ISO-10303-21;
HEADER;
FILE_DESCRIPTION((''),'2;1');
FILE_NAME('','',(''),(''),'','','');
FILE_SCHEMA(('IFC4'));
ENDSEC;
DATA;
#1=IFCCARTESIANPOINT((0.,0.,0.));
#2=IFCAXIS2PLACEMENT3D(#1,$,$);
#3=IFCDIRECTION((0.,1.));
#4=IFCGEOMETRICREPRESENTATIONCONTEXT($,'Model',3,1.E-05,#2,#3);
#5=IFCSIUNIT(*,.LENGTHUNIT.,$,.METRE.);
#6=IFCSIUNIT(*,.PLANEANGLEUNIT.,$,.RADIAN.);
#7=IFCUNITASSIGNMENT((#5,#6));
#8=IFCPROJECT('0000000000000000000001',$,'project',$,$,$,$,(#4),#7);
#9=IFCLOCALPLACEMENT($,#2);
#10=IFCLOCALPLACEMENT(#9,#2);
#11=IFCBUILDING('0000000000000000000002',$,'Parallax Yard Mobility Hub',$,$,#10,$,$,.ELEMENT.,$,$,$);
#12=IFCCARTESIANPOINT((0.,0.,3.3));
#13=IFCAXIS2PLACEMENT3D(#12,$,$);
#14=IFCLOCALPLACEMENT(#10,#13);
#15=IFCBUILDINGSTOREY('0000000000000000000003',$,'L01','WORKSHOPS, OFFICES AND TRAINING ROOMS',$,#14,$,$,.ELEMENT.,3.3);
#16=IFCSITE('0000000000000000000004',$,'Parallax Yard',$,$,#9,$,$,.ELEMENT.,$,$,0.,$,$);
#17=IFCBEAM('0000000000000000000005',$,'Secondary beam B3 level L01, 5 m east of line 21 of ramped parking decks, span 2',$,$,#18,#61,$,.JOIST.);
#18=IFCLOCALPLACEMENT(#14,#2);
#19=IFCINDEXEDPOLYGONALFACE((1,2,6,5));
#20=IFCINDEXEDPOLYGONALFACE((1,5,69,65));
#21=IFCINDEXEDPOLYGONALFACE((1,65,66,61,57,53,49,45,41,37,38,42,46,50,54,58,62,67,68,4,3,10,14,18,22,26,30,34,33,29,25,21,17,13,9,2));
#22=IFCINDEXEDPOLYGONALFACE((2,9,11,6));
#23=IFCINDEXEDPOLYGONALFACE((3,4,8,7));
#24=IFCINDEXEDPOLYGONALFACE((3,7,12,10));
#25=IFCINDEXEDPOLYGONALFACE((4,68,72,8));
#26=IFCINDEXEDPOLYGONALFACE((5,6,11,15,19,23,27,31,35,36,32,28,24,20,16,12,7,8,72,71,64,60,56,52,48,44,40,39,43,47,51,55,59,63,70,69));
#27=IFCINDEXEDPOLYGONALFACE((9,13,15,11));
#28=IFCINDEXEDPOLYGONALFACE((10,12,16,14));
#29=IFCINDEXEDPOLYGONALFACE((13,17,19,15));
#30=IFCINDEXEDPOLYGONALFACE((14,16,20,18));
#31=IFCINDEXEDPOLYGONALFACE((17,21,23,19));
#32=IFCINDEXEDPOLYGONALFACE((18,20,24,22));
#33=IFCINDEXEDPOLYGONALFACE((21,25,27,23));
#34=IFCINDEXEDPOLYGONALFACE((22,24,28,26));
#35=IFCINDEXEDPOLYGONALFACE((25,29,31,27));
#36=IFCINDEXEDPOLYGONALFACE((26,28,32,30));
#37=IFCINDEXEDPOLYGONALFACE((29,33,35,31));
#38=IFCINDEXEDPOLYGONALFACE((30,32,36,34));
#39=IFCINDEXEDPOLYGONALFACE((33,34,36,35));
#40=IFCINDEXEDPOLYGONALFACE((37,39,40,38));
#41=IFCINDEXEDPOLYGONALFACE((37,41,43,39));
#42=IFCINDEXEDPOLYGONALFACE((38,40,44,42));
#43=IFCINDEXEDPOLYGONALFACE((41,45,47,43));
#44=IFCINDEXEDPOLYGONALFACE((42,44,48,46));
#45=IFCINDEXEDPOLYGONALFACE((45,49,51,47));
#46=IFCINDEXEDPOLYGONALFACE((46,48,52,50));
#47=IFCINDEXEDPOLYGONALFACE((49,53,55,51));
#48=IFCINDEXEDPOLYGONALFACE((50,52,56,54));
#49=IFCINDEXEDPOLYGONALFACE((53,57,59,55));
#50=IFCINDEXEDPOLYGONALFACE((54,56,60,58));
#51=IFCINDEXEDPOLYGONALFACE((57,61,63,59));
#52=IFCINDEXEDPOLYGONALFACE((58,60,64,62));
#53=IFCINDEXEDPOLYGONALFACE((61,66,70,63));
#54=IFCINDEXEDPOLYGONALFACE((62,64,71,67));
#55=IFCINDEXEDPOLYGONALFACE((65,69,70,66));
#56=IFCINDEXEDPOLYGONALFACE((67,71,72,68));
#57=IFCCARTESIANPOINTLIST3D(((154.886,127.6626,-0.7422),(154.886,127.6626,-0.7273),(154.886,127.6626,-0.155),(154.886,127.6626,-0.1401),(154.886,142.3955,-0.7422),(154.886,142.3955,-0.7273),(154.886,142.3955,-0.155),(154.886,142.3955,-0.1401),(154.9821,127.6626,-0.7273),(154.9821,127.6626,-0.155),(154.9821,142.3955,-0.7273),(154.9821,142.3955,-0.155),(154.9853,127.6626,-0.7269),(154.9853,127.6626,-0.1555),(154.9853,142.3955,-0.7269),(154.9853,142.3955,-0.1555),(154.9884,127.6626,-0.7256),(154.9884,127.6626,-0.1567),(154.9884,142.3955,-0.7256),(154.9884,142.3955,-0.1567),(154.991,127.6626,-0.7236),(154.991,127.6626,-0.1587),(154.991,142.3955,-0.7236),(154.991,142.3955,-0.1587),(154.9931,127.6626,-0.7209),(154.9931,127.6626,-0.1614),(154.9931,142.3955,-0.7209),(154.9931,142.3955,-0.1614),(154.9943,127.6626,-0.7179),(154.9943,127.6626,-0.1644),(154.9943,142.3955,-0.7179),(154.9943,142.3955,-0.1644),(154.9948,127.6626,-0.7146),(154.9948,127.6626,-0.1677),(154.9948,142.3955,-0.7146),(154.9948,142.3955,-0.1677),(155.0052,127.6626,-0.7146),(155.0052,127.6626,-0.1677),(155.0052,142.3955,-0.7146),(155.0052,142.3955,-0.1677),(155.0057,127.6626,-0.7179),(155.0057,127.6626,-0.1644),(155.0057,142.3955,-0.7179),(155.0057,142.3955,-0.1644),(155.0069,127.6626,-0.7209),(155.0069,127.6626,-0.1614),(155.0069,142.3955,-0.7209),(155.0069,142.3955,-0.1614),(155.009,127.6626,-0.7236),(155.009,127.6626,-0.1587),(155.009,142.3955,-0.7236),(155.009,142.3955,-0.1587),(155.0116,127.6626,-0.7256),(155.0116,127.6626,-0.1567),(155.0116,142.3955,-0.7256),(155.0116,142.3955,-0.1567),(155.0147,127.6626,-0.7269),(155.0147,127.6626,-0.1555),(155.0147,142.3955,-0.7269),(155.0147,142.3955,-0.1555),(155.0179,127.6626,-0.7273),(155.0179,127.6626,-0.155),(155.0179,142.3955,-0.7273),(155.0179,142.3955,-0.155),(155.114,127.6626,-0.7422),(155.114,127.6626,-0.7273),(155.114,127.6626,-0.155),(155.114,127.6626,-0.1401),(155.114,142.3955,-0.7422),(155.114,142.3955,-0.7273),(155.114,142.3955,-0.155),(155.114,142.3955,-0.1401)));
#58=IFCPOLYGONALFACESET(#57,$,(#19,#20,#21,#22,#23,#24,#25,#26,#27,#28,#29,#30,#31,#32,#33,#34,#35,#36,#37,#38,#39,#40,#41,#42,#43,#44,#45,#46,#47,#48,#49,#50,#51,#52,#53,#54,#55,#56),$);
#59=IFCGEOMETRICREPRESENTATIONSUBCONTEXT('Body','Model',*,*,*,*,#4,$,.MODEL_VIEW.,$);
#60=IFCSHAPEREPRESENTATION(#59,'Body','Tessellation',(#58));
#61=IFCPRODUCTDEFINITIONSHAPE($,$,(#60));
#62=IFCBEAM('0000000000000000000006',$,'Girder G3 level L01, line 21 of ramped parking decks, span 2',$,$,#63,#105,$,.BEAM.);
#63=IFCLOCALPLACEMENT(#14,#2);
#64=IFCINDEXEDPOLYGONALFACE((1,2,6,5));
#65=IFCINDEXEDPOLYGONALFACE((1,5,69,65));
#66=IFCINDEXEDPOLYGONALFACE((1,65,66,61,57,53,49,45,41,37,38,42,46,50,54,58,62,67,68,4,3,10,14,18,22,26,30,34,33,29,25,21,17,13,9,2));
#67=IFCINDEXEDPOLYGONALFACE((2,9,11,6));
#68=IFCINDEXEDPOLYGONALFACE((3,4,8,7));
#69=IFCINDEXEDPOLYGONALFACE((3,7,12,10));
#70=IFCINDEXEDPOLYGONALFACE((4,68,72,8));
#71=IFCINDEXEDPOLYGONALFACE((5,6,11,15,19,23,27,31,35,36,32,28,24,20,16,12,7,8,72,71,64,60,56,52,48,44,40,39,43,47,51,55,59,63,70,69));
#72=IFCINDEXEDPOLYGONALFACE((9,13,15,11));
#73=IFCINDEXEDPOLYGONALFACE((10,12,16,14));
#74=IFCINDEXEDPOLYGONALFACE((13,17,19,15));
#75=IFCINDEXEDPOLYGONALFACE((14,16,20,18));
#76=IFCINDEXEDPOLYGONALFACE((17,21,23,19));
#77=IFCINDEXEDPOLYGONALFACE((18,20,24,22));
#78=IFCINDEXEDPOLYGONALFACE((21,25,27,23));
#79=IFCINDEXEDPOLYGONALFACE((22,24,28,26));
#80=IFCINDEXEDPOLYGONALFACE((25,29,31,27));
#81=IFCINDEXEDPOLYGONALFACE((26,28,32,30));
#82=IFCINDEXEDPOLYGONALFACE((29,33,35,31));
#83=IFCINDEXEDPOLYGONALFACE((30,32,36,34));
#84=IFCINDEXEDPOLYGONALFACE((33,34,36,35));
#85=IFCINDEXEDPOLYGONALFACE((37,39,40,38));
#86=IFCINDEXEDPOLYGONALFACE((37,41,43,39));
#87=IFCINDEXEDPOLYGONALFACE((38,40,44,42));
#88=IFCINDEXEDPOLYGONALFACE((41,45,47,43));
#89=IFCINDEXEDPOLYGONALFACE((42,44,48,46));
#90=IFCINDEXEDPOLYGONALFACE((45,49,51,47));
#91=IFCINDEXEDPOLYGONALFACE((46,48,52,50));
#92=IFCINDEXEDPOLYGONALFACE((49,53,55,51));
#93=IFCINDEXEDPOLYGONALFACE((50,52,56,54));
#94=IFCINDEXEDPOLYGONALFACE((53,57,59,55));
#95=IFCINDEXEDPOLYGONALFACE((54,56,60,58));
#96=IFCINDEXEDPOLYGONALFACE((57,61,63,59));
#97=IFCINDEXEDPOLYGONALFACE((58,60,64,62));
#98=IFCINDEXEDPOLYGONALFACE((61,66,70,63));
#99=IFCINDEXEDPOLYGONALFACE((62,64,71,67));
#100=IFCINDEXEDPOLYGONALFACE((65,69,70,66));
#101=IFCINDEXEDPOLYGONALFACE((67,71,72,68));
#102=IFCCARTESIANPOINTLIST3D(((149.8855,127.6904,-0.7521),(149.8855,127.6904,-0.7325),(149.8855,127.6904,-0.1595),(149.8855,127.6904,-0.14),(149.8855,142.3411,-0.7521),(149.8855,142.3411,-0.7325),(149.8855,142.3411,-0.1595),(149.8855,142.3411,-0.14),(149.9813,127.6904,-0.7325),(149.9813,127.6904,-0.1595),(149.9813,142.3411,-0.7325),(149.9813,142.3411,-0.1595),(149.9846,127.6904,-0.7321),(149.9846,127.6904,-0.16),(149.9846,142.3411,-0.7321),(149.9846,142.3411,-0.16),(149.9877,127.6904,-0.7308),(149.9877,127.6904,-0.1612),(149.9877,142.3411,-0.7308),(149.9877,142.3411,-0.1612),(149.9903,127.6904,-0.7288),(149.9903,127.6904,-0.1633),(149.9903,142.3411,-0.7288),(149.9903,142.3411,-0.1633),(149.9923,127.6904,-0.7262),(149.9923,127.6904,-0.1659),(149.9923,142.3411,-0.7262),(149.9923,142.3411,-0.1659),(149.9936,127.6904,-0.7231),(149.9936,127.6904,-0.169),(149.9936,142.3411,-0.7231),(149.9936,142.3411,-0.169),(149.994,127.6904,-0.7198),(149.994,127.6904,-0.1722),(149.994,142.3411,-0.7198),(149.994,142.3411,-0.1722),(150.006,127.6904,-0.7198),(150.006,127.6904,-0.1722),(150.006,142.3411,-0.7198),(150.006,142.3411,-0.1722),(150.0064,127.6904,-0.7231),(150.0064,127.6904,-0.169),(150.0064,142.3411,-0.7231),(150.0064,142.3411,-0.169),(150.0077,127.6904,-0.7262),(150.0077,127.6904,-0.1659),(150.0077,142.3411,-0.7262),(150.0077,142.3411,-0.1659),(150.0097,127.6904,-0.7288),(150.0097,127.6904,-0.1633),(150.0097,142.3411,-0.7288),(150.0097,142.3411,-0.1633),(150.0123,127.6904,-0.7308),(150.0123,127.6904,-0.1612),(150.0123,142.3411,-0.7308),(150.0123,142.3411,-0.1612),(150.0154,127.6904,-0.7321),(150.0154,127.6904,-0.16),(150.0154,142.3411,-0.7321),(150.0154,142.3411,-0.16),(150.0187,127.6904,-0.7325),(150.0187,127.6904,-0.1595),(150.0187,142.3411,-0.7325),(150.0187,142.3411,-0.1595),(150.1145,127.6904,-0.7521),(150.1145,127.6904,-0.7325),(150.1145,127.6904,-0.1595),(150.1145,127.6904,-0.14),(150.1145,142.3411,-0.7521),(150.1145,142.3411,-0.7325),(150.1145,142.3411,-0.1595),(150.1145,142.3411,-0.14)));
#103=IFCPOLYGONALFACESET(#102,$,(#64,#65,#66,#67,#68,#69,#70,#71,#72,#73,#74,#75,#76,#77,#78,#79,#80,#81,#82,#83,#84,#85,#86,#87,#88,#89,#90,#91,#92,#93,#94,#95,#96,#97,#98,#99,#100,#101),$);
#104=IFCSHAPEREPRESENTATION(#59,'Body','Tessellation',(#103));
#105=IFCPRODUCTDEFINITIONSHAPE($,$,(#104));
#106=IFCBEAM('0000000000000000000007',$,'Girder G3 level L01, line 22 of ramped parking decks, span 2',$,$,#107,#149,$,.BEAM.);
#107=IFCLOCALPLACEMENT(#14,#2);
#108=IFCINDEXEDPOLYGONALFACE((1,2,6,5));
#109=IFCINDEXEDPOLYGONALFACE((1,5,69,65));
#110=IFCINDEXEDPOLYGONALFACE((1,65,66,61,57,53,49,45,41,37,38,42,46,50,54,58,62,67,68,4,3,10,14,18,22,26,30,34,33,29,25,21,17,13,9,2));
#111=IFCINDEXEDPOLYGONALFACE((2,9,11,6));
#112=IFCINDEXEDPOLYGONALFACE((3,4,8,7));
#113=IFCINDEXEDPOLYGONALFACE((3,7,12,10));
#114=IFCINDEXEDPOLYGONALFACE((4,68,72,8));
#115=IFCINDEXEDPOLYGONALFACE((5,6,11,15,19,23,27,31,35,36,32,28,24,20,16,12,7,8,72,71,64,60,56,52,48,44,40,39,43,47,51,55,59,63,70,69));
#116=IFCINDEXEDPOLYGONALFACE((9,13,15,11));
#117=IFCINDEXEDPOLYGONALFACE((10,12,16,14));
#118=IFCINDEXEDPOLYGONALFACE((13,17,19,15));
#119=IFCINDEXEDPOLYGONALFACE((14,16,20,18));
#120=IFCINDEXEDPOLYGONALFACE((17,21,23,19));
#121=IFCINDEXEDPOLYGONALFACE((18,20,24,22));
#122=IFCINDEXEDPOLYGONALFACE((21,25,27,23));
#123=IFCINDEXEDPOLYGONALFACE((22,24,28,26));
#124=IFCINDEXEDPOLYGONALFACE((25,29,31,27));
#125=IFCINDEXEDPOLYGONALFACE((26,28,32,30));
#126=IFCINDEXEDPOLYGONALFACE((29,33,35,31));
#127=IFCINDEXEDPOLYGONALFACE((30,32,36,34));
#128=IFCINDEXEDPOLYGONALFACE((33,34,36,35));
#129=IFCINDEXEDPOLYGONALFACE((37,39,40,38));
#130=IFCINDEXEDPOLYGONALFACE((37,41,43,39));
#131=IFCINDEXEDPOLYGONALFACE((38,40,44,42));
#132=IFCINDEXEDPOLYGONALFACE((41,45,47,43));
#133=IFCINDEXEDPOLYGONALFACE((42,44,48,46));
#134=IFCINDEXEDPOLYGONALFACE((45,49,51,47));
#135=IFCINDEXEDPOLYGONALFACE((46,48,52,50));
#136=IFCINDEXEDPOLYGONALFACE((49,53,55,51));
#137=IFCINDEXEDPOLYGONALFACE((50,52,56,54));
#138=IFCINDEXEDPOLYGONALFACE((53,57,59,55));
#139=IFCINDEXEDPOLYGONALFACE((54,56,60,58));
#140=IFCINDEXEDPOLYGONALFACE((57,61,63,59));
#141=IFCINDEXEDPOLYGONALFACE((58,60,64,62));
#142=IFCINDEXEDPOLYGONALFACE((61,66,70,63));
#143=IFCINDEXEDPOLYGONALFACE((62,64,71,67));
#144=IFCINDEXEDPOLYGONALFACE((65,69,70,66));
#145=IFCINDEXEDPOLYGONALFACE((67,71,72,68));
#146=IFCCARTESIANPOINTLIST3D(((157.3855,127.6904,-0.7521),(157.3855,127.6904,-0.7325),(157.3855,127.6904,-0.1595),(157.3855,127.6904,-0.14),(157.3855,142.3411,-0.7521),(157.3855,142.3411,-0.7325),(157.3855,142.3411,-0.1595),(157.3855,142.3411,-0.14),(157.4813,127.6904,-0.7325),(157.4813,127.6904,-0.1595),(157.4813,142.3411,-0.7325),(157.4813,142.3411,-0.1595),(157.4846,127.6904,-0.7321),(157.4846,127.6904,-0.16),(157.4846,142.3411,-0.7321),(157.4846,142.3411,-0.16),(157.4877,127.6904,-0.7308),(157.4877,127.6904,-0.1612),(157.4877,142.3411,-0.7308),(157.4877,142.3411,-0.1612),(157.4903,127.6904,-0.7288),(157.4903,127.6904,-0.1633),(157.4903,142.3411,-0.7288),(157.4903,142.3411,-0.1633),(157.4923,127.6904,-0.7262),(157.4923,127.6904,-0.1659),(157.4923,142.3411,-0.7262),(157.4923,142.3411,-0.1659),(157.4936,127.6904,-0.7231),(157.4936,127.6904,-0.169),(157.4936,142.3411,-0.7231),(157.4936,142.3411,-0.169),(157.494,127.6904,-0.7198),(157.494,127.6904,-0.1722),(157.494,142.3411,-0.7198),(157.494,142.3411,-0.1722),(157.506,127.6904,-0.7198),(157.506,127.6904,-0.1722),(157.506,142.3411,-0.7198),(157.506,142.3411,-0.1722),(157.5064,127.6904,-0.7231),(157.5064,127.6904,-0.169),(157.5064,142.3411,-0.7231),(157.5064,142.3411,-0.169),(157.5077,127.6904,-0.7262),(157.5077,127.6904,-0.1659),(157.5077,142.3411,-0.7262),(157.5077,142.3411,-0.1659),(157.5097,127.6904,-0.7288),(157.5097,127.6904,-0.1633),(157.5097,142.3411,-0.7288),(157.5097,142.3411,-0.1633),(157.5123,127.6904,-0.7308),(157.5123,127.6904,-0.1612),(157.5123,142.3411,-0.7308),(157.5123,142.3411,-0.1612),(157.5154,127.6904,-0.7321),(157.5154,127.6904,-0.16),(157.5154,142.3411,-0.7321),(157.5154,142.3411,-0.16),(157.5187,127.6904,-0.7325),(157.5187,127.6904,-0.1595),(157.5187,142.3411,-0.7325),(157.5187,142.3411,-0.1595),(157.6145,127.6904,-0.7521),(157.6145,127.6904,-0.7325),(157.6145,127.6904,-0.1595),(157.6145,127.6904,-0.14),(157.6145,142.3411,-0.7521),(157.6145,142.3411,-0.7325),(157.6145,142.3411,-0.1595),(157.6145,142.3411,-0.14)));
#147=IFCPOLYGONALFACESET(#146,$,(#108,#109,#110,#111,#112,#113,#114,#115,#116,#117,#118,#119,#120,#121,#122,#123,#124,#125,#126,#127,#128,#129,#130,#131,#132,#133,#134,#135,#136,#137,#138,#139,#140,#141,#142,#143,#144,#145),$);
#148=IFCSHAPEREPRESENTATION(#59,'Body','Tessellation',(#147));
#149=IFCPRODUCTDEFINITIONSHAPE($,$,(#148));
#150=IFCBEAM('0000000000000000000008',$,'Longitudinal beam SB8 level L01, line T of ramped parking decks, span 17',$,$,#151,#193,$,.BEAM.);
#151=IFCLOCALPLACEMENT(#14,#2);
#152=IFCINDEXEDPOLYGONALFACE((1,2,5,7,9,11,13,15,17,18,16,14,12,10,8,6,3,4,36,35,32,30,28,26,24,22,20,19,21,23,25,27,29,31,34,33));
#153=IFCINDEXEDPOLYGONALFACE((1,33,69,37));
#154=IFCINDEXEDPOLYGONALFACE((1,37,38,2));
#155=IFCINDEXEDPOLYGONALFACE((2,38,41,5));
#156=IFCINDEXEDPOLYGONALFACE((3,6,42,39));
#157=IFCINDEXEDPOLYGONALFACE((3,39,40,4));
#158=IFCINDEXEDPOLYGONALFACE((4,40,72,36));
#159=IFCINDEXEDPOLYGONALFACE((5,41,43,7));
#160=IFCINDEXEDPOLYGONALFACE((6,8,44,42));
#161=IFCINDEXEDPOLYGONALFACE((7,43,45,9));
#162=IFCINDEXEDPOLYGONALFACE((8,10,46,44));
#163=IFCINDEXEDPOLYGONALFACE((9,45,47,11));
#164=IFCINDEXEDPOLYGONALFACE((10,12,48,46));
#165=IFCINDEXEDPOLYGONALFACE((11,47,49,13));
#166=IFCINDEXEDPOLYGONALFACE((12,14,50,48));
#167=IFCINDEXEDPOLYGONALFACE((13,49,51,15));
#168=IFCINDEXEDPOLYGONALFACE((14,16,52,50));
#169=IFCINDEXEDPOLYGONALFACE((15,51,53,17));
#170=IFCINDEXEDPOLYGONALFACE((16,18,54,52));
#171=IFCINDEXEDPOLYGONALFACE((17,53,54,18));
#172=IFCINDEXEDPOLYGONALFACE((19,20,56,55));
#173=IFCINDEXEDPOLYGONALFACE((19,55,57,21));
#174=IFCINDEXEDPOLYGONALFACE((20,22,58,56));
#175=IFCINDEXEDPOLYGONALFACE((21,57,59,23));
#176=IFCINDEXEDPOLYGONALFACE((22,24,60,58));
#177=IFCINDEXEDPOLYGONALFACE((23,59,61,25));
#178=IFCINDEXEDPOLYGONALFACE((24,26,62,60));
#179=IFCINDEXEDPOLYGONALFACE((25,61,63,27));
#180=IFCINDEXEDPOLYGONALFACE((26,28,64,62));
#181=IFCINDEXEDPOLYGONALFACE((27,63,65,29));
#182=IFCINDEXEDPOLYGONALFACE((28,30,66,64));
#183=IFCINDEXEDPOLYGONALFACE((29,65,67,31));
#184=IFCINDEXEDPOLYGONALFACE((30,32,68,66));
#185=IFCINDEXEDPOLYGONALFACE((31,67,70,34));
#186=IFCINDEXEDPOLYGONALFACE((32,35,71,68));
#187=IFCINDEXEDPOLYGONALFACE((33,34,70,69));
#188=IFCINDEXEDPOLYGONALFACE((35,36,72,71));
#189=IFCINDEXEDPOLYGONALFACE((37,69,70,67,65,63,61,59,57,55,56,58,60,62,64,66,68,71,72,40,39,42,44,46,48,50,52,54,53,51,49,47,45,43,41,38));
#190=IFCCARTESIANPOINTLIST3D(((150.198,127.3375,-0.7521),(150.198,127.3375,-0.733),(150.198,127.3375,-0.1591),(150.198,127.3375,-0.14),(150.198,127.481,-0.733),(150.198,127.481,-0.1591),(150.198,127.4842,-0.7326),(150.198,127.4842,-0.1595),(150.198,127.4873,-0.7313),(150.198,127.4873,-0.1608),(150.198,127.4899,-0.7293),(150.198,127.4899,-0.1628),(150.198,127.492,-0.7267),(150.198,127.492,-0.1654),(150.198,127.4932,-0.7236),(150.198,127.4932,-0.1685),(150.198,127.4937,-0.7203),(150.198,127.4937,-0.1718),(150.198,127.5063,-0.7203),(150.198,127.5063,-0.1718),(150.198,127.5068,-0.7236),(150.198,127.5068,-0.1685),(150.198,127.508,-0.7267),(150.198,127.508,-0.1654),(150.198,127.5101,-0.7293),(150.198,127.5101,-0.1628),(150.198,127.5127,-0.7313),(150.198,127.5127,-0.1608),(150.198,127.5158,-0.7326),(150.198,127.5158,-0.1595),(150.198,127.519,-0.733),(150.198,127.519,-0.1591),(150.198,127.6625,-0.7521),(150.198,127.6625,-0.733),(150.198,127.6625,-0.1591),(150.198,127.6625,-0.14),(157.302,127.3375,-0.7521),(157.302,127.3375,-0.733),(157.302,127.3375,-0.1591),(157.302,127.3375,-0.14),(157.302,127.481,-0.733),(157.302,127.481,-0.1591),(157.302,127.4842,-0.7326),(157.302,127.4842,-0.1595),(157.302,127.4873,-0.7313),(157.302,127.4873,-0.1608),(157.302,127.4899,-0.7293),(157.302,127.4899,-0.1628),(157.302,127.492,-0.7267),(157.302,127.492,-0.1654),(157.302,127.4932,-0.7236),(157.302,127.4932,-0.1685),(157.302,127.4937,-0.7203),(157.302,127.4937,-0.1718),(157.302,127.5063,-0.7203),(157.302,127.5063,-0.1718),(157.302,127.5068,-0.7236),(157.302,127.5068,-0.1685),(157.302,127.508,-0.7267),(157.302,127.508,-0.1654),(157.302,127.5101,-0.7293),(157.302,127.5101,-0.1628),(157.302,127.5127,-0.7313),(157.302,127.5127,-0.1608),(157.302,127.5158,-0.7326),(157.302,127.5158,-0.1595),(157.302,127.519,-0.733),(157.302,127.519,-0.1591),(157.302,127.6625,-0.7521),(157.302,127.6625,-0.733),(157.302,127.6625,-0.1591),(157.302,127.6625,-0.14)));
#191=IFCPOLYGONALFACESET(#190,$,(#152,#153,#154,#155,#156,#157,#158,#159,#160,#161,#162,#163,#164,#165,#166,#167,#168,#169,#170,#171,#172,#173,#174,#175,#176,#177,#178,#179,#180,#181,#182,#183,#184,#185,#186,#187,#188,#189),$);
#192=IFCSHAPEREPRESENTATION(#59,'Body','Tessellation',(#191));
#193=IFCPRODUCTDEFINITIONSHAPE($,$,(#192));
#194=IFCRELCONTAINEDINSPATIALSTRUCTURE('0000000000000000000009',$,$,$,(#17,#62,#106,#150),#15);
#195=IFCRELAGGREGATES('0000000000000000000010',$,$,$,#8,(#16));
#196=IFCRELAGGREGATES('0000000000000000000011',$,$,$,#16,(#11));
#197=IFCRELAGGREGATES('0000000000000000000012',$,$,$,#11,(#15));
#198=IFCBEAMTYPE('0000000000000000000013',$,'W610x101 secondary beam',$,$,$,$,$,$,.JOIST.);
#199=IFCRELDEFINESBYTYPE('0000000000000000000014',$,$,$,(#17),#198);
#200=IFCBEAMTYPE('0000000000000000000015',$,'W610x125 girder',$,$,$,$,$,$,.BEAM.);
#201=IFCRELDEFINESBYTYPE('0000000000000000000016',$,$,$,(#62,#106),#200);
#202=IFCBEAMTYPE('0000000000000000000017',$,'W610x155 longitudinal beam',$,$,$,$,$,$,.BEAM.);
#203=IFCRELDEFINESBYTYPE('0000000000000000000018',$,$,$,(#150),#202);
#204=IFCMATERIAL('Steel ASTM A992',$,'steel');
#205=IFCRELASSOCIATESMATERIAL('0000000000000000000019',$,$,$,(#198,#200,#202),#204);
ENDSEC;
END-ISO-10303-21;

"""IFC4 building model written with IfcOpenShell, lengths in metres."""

from ifc_helpers import new_model, si_unit, direction, frame, origin, origin_2d, place, context, subcontext, project, spatial, i_section, extrude, material, material_profile, profile_set, type_object, element, save


model = new_model("IFC4")

# Units and contexts
model_context = context("Model", 3, precision=1e-05, world=origin(), true_north=direction((0.0, 1.0)))
body_context = subcontext(model_context, "Body", "Model", "MODEL_VIEW")
ifc_project = project(units=[si_unit("LENGTHUNIT", "METRE"), si_unit("PLANEANGLEUNIT", "RADIAN")], contexts=[model_context])

# Site, building, storey
site_placement = place(None, origin())
site = spatial("IfcSite", under=ifc_project, at=site_placement, Name="Parallax Yard", CompositionType="ELEMENT", RefElevation=0.0)
building_placement = place(site_placement, origin())
building = spatial("IfcBuilding", under=site, at=building_placement, Name="Parallax Yard Mobility Hub", CompositionType="ELEMENT")
storey_placement = place(building_placement, frame((0.0, 0.0, 3.3)))
storey = spatial("IfcBuildingStorey", under=building, at=storey_placement, Name="L01", Description="WORKSHOPS, OFFICES AND TRAINING ROOMS", CompositionType="ELEMENT", Elevation=3.3)

# Shared definitions
ifc_material_1 = material(Name="Steel ASTM A992", Category="steel")

# Beams
ifc_material_profile_1 = material_profile(ifc_material_1, i_section(OverallWidth=0.228, OverallDepth=0.6021, WebThickness=0.0105, FlangeThickness=0.0149, FilletRadius=0.0127, at=origin_2d()), Name="W610x101")
ifc_profile_set_1 = profile_set([ifc_material_profile_1], Name="Steel ASTM A992")
beam_type_1 = type_object("IfcBeamType", Name="W610x101 secondary beam", PredefinedType="JOIST", material=ifc_profile_set_1)
for number, where, z_axis, x_axis, name in (
    (1, (155.0, 127.6626, -0.4412), (0.0, 1.0, 0.0), (-1.0, 0.0, 0.0), "Secondary beam B3 level L01, 5 m east of line 21 of ramped parking decks, span 2"),
):
    element("IfcBeam", number, at=place(storey_placement, frame(where, z_axis=z_axis, x_axis=x_axis)), inside=storey, type_object=beam_type_1, Name=name, PredefinedType="JOIST", context=body_context, shape_type="SweptSolid", body=[
        extrude(i_section(OverallWidth=0.228, OverallDepth=0.6021, WebThickness=0.0105, FlangeThickness=0.0149, FilletRadius=0.0127, at=origin_2d()), origin(), (0.0, 0.0, 1.0), 14.7329),
    ])
ifc_material_profile_2 = material_profile(ifc_material_1, i_section(OverallWidth=0.229, OverallDepth=0.6121, WebThickness=0.012, FlangeThickness=0.0195, FilletRadius=0.0127, at=origin_2d()), Name="W610x125")
ifc_profile_set_2 = profile_set([ifc_material_profile_2], Name="Steel ASTM A992")
beam_type_2 = type_object("IfcBeamType", Name="W610x125 girder", PredefinedType="BEAM", material=ifc_profile_set_2)
for number, where, z_axis, x_axis, name in (
    (2, (150.0, 127.6904, -0.446), (0.0, 1.0, 0.0), (-1.0, 0.0, 0.0), "Girder G3 level L01, line 21 of ramped parking decks, span 2"),
    (3, (157.5, 127.6904, -0.446), (0.0, 1.0, 0.0), (-1.0, 0.0, 0.0), "Girder G3 level L01, line 22 of ramped parking decks, span 2"),
):
    element("IfcBeam", number, at=place(storey_placement, frame(where, z_axis=z_axis, x_axis=x_axis)), inside=storey, type_object=beam_type_2, Name=name, PredefinedType="BEAM", context=body_context, shape_type="SweptSolid", body=[
        extrude(i_section(OverallWidth=0.229, OverallDepth=0.6121, WebThickness=0.012, FlangeThickness=0.0195, FilletRadius=0.0127, at=origin_2d()), origin(), (0.0, 0.0, 1.0), 14.6506),
    ])
ifc_material_profile_3 = material_profile(ifc_material_1, i_section(OverallWidth=0.325, OverallDepth=0.6121, WebThickness=0.0127, FlangeThickness=0.019, FilletRadius=0.0127, at=origin_2d()), Name="W610x155")
ifc_profile_set_3 = profile_set([ifc_material_profile_3], Name="Steel ASTM A992")
beam_type_3 = type_object("IfcBeamType", Name="W610x155 longitudinal beam", PredefinedType="BEAM", material=ifc_profile_set_3)
for number, where, z_axis, x_axis, name in (
    (4, (150.198, 127.5, -0.446), (1.0, 0.0, 0.0), (0.0, 1.0, 0.0), "Longitudinal beam SB8 level L01, line T of ramped parking decks, span 17"),
):
    element("IfcBeam", number, at=place(storey_placement, frame(where, z_axis=z_axis, x_axis=x_axis)), inside=storey, type_object=beam_type_3, Name=name, PredefinedType="BEAM", context=body_context, shape_type="SweptSolid", body=[
        extrude(i_section(OverallWidth=0.325, OverallDepth=0.6121, WebThickness=0.0127, FlangeThickness=0.019, FilletRadius=0.0127, at=origin_2d()), origin(), (0.0, 0.0, 1.0), 7.104),
    ])

save(model, "model.ifc")
